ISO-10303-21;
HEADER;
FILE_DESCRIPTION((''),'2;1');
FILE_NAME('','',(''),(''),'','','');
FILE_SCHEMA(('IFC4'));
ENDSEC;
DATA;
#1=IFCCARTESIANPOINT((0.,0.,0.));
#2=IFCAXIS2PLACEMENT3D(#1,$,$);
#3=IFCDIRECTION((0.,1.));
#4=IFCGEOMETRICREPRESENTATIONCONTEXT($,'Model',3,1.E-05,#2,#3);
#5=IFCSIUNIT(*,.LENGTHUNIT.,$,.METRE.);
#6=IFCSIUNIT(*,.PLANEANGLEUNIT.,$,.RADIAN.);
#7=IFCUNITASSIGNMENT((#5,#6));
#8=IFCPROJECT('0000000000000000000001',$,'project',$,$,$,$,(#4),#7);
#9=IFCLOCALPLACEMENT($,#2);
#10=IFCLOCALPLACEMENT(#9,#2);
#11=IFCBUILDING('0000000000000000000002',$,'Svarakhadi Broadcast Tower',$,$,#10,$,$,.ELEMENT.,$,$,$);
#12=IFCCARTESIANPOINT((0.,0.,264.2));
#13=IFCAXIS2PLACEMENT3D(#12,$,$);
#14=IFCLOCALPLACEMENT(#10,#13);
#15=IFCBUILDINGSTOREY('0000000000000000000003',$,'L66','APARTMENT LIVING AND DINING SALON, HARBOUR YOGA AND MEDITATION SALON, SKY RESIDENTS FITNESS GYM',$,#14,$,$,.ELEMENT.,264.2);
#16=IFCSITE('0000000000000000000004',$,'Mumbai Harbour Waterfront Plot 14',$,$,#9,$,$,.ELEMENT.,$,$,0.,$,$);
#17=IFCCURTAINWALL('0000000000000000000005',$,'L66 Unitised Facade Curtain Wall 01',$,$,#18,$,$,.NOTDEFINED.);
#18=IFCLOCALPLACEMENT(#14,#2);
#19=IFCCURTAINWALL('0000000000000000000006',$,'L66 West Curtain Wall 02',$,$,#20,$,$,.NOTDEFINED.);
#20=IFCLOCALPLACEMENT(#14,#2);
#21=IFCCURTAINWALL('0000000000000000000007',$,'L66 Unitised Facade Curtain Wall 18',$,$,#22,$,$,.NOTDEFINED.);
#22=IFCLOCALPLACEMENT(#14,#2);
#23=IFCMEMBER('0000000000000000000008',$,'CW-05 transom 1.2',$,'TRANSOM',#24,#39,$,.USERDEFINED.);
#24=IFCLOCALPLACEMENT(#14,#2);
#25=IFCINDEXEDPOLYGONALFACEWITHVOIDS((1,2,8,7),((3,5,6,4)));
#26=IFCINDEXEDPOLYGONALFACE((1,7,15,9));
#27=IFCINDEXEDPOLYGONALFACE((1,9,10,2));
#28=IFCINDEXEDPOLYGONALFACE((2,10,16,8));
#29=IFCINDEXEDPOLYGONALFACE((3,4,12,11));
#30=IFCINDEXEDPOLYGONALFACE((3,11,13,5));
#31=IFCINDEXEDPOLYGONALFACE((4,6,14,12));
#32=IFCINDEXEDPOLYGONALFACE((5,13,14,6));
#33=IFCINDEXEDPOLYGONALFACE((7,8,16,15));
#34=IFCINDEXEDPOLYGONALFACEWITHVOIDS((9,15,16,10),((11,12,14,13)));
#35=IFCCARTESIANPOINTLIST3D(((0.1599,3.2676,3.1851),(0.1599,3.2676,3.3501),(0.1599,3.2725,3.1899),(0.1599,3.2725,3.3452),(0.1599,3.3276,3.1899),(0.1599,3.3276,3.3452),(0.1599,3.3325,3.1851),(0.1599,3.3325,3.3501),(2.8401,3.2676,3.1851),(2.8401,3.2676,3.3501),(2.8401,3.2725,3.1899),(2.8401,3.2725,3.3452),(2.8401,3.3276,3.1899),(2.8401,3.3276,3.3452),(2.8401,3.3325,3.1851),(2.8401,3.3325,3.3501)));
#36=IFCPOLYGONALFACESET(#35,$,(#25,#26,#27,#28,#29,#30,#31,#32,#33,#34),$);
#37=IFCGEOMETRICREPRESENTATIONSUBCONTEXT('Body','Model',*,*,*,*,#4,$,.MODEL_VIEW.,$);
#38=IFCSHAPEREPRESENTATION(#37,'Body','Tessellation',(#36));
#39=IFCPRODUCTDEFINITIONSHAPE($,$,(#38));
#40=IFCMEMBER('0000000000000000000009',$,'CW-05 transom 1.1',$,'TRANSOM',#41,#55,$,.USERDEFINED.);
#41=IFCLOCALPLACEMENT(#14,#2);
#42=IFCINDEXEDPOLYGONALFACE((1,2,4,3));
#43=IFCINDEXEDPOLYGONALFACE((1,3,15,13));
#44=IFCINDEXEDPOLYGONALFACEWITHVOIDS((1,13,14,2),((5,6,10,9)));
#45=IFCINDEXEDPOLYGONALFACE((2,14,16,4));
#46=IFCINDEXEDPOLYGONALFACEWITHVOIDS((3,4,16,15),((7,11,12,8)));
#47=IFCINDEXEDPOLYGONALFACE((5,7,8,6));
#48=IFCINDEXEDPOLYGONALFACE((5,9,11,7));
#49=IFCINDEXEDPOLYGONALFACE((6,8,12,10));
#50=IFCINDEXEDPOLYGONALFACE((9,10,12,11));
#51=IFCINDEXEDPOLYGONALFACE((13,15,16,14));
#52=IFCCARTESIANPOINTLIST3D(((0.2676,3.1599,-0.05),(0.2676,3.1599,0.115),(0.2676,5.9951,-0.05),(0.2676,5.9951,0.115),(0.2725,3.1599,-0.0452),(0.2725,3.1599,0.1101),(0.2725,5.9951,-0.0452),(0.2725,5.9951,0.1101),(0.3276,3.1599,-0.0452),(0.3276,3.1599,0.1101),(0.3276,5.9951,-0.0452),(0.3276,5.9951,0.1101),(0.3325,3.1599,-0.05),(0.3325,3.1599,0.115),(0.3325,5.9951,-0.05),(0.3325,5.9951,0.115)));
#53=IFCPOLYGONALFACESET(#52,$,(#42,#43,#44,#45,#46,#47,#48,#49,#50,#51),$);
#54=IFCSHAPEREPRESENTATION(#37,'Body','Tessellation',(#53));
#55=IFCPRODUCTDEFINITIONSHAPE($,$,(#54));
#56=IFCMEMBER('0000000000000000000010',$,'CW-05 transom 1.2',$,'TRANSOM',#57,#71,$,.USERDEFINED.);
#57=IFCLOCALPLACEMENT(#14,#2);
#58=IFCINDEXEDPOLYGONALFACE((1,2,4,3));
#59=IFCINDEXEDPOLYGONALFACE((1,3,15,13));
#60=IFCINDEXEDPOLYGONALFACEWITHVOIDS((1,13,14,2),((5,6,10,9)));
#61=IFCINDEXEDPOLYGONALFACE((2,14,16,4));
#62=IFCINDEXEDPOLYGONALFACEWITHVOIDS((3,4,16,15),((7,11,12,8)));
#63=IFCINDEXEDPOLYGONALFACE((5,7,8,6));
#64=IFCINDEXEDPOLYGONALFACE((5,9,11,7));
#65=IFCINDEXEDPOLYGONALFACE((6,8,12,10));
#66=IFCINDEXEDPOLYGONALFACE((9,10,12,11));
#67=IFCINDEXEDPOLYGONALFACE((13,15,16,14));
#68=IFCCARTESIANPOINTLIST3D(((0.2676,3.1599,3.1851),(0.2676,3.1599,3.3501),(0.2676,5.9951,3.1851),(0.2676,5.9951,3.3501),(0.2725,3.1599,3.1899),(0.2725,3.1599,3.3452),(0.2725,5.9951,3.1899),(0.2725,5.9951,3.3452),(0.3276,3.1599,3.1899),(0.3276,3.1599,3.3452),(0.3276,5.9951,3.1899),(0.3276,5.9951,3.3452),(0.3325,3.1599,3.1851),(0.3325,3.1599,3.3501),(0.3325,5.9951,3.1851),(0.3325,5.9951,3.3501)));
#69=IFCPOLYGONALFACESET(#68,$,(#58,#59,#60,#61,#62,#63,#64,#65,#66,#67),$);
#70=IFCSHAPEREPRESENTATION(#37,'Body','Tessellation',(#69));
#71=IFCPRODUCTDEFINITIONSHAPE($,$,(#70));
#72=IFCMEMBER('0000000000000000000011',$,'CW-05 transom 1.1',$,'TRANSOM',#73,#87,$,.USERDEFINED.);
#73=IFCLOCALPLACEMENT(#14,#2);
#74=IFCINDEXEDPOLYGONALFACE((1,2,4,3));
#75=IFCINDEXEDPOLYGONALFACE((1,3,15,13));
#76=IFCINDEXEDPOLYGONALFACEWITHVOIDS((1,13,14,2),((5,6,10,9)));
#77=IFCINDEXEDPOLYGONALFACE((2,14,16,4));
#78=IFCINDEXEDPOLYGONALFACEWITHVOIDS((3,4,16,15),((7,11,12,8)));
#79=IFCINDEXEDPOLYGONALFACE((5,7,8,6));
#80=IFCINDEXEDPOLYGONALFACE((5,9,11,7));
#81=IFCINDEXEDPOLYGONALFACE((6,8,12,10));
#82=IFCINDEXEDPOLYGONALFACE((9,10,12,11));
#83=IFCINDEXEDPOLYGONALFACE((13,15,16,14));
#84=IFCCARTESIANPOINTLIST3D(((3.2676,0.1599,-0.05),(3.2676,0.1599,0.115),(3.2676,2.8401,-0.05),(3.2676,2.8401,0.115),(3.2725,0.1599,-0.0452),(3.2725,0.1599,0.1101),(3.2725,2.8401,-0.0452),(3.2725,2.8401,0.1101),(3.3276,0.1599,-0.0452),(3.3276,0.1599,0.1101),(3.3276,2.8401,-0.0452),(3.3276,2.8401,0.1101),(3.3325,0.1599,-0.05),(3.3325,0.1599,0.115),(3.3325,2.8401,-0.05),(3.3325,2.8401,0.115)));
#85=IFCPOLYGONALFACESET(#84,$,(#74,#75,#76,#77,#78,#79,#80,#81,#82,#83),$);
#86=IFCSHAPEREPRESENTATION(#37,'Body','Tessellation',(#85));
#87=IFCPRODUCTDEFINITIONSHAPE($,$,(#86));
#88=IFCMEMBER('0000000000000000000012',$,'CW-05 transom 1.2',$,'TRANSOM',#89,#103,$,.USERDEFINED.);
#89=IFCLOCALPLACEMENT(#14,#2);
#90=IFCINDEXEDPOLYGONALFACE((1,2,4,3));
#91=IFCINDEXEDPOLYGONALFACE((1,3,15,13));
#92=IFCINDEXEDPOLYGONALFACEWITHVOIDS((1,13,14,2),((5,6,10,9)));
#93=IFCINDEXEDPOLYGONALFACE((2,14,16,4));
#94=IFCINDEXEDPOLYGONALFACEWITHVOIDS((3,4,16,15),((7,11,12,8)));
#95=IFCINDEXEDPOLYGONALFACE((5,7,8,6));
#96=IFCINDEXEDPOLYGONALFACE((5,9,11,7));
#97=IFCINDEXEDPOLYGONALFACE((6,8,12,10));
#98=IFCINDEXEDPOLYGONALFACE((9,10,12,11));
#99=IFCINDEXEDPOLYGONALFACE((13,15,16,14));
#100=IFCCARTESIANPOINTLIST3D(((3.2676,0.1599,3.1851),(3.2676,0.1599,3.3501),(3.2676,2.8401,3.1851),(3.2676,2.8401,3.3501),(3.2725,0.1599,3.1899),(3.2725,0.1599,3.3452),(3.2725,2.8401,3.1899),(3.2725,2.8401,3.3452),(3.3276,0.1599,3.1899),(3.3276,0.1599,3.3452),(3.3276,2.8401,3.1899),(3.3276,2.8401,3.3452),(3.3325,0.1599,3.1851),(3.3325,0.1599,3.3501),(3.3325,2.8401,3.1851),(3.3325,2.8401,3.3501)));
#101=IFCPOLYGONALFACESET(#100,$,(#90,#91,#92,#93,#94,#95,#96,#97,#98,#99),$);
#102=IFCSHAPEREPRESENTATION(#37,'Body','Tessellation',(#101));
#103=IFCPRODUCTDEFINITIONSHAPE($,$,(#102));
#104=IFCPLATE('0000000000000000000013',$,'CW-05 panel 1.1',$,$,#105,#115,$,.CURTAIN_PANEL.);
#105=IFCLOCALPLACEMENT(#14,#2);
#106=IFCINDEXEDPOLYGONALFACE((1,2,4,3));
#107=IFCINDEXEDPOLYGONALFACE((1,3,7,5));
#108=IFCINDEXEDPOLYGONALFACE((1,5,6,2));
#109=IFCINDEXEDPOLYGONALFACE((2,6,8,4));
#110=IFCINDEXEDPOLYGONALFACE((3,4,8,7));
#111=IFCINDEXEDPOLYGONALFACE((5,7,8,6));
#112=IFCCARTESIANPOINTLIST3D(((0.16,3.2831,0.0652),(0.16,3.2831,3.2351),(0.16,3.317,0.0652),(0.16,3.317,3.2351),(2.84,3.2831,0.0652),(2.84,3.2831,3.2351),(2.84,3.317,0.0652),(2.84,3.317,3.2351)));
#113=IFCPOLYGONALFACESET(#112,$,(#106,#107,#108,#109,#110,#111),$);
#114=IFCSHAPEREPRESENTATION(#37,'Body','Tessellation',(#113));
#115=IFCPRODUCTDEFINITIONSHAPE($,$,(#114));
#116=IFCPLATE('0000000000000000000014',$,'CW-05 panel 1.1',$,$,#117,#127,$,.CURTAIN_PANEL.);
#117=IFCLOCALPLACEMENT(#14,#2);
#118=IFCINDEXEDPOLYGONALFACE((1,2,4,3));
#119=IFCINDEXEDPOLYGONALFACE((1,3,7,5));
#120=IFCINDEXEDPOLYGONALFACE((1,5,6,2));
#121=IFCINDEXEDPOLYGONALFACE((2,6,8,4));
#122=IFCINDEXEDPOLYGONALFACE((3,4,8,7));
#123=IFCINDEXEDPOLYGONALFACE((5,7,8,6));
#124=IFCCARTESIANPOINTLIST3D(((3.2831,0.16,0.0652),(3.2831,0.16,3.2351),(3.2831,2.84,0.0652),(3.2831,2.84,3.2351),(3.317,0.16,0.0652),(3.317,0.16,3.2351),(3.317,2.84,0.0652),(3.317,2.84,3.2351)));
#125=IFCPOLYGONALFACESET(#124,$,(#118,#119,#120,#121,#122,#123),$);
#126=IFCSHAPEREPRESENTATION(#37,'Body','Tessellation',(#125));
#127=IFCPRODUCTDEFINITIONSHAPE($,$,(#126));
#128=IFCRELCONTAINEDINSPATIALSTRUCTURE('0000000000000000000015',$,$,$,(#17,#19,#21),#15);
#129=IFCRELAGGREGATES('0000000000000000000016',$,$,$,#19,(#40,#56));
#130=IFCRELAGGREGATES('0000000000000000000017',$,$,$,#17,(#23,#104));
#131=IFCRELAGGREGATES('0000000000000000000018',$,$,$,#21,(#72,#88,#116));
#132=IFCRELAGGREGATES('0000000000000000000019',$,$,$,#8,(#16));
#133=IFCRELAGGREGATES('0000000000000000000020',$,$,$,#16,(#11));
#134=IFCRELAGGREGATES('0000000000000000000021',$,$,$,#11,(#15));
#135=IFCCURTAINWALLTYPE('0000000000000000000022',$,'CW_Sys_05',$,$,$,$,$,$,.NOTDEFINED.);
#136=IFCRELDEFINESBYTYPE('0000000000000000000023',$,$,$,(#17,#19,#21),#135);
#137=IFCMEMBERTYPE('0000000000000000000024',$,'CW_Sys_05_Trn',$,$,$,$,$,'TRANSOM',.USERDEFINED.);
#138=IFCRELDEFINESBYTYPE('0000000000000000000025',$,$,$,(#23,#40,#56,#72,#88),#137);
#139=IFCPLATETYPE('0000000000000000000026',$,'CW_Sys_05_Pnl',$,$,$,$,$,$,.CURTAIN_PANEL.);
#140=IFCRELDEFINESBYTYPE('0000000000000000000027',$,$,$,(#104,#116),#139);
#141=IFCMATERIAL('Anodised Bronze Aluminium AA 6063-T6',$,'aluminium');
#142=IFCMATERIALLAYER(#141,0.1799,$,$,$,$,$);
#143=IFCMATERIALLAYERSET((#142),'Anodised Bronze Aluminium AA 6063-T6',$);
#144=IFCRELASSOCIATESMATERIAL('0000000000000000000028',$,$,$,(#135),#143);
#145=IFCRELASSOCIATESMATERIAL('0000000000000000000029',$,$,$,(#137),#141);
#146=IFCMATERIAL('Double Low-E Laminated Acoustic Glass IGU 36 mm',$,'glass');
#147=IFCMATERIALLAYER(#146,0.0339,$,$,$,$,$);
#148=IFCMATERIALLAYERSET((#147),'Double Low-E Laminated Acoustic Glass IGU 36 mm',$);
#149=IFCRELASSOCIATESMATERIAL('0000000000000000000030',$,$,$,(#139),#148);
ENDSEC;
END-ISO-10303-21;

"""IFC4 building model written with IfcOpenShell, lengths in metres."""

from ifc_helpers import new_model, si_unit, direction, frame, origin, origin_2d, place, context, subcontext, project, spatial, rectangle, hollow_rectangle, extrude, material, layer, layer_set, material_profile, profile_set, type_object, element, aggregate, save


model = new_model("IFC4")

# Units and contexts
model_context = context("Model", 3, precision=1e-05, world=origin(), true_north=direction((0.0, 1.0)))
body_context = subcontext(model_context, "Body", "Model", "MODEL_VIEW")
ifc_project = project(units=[si_unit("LENGTHUNIT", "METRE"), si_unit("PLANEANGLEUNIT", "RADIAN")], contexts=[model_context])

# Site, building, storey
site_placement = place(None, origin())
site = spatial("IfcSite", under=ifc_project, at=site_placement, Name="Mumbai Harbour Waterfront Plot 14", CompositionType="ELEMENT", RefElevation=0.0)
building_placement = place(site_placement, origin())
building = spatial("IfcBuilding", under=site, at=building_placement, Name="Svarakhadi Broadcast Tower", CompositionType="ELEMENT")
storey_placement = place(building_placement, frame((0.0, 0.0, 264.2)))
storey = spatial("IfcBuildingStorey", under=building, at=storey_placement, Name="L66", Description="APARTMENT LIVING AND DINING SALON, HARBOUR YOGA AND MEDITATION SALON, SKY RESIDENTS FITNESS GYM", CompositionType="ELEMENT", Elevation=264.2)

# Curtain wall
ifc_material_1 = material(Name="Anodised Bronze Aluminium AA 6063-T6", Category="aluminium")
ifc_layer_1 = layer(ifc_material_1, 0.1799)
ifc_layer_set_1 = layer_set([ifc_layer_1], Name="Anodised Bronze Aluminium AA 6063-T6")
curtain_wall_type = type_object("IfcCurtainWallType", Name="CW_Sys_05", PredefinedType="NOTDEFINED", material=ifc_layer_set_1)
curtain_wall_1_placement = place(storey_placement, origin())
curtain_wall_1 = element("IfcCurtainWall", 1, at=curtain_wall_1_placement, inside=storey, type_object=curtain_wall_type, Name="L66 Unitised Facade Curtain Wall 01", PredefinedType="NOTDEFINED")

# Curtain wall
curtain_wall_2_placement = place(storey_placement, origin())
curtain_wall_2 = element("IfcCurtainWall", 2, at=curtain_wall_2_placement, inside=storey, type_object=curtain_wall_type, Name="L66 West Curtain Wall 02", PredefinedType="NOTDEFINED")

# Curtain wall
curtain_wall_3_placement = place(storey_placement, origin())
curtain_wall_3 = element("IfcCurtainWall", 3, at=curtain_wall_3_placement, inside=storey, type_object=curtain_wall_type, Name="L66 Unitised Facade Curtain Wall 18", PredefinedType="NOTDEFINED")

# Members
ifc_material_profile_1 = material_profile(ifc_material_1, hollow_rectangle(XDim=0.0649, YDim=0.165, WallThickness=0.0049, at=origin_2d()), Name="ALU TRANSOM 165x65x5")
ifc_profile_set_1 = profile_set([ifc_material_profile_1], Name="Anodised Bronze Aluminium AA 6063-T6")
member_type_1 = type_object("IfcMemberType", Name="CW_Sys_05_Trn", ElementType="TRANSOM", PredefinedType="USERDEFINED", material=ifc_profile_set_1)
member_1_placement = place(storey_placement, frame((2.8401, 3.3, 3.2676), z_axis=(-1.0, 0.0, 0.0), x_axis=(0.0, -1.0, 0.0)))
member_1 = element("IfcMember", 4, at=member_1_placement, type_object=member_type_1, Name="CW-05 transom 1.2", ObjectType="TRANSOM", PredefinedType="USERDEFINED", context=body_context, shape_type="SweptSolid", body=[
    extrude(hollow_rectangle(XDim=0.0649, YDim=0.165, WallThickness=0.0049, at=origin_2d()), origin(), (0.0, 0.0, 1.0), 2.6802),
])
member_2_placement = place(storey_placement, frame((0.3, 3.1599, 0.0325), z_axis=(0.0, 1.0, 0.0), x_axis=(-1.0, 0.0, 0.0)))
member_2 = element("IfcMember", 5, at=member_2_placement, type_object=member_type_1, Name="CW-05 transom 1.1", ObjectType="TRANSOM", PredefinedType="USERDEFINED", context=body_context, shape_type="SweptSolid", body=[
    extrude(hollow_rectangle(XDim=0.0649, YDim=0.165, WallThickness=0.0049, at=origin_2d()), origin(), (0.0, 0.0, 1.0), 2.8352),
])
member_3_placement = place(storey_placement, frame((0.3, 3.1599, 3.2676), z_axis=(0.0, 1.0, 0.0), x_axis=(-1.0, 0.0, 0.0)))
member_3 = element("IfcMember", 6, at=member_3_placement, type_object=member_type_1, Name="CW-05 transom 1.2", ObjectType="TRANSOM", PredefinedType="USERDEFINED", context=body_context, shape_type="SweptSolid", body=[
    extrude(hollow_rectangle(XDim=0.0649, YDim=0.165, WallThickness=0.0049, at=origin_2d()), origin(), (0.0, 0.0, 1.0), 2.8352),
])
aggregate(curtain_wall_2, [member_2, member_3])
member_4_placement = place(storey_placement, frame((3.3, 0.1599, 0.0325), z_axis=(0.0, 1.0, 0.0), x_axis=(-1.0, 0.0, 0.0)))
member_4 = element("IfcMember", 7, at=member_4_placement, type_object=member_type_1, Name="CW-05 transom 1.1", ObjectType="TRANSOM", PredefinedType="USERDEFINED", context=body_context, shape_type="SweptSolid", body=[
    extrude(hollow_rectangle(XDim=0.0649, YDim=0.165, WallThickness=0.0049, at=origin_2d()), origin(), (0.0, 0.0, 1.0), 2.6802),
])
member_5_placement = place(storey_placement, frame((3.3, 0.1599, 3.2676), z_axis=(0.0, 1.0, 0.0), x_axis=(-1.0, 0.0, 0.0)))
member_5 = element("IfcMember", 8, at=member_5_placement, type_object=member_type_1, Name="CW-05 transom 1.2", ObjectType="TRANSOM", PredefinedType="USERDEFINED", context=body_context, shape_type="SweptSolid", body=[
    extrude(hollow_rectangle(XDim=0.0649, YDim=0.165, WallThickness=0.0049, at=origin_2d()), origin(), (0.0, 0.0, 1.0), 2.6802),
])

# Plates
ifc_material_2 = material(Name="Double Low-E Laminated Acoustic Glass IGU 36 mm", Category="glass")
ifc_layer_2 = layer(ifc_material_2, 0.0339)
ifc_layer_set_2 = layer_set([ifc_layer_2], Name="Double Low-E Laminated Acoustic Glass IGU 36 mm")
plate_type = type_object("IfcPlateType", Name="CW_Sys_05_Pnl", PredefinedType="CURTAIN_PANEL", material=ifc_layer_set_2)
plate_1_placement = place(storey_placement, frame((1.5, 3.3, 0.0652), z_axis=(0.0, 0.0, 1.0), x_axis=(-1.0, 0.0, 0.0)))
plate_1 = element("IfcPlate", 9, at=plate_1_placement, type_object=plate_type, Name="CW-05 panel 1.1", PredefinedType="CURTAIN_PANEL", context=body_context, shape_type="SweptSolid", body=[
    extrude(rectangle(XDim=2.6799, YDim=0.0339, at=origin_2d()), origin(), (0.0, 0.0, 1.0), 3.1699),
])
aggregate(curtain_wall_1, [member_1, plate_1])
plate_2_placement = place(storey_placement, frame((3.3, 1.5, 0.0652), z_axis=(0.0, 0.0, 1.0), x_axis=(0.0, 1.0, 0.0)))
plate_2 = element("IfcPlate", 10, at=plate_2_placement, type_object=plate_type, Name="CW-05 panel 1.1", PredefinedType="CURTAIN_PANEL", context=body_context, shape_type="SweptSolid", body=[
    extrude(rectangle(XDim=2.6799, YDim=0.0339, at=origin_2d()), origin(), (0.0, 0.0, 1.0), 3.1699),
])
aggregate(curtain_wall_3, [member_4, member_5, plate_2])

save(model, "model.ifc")
